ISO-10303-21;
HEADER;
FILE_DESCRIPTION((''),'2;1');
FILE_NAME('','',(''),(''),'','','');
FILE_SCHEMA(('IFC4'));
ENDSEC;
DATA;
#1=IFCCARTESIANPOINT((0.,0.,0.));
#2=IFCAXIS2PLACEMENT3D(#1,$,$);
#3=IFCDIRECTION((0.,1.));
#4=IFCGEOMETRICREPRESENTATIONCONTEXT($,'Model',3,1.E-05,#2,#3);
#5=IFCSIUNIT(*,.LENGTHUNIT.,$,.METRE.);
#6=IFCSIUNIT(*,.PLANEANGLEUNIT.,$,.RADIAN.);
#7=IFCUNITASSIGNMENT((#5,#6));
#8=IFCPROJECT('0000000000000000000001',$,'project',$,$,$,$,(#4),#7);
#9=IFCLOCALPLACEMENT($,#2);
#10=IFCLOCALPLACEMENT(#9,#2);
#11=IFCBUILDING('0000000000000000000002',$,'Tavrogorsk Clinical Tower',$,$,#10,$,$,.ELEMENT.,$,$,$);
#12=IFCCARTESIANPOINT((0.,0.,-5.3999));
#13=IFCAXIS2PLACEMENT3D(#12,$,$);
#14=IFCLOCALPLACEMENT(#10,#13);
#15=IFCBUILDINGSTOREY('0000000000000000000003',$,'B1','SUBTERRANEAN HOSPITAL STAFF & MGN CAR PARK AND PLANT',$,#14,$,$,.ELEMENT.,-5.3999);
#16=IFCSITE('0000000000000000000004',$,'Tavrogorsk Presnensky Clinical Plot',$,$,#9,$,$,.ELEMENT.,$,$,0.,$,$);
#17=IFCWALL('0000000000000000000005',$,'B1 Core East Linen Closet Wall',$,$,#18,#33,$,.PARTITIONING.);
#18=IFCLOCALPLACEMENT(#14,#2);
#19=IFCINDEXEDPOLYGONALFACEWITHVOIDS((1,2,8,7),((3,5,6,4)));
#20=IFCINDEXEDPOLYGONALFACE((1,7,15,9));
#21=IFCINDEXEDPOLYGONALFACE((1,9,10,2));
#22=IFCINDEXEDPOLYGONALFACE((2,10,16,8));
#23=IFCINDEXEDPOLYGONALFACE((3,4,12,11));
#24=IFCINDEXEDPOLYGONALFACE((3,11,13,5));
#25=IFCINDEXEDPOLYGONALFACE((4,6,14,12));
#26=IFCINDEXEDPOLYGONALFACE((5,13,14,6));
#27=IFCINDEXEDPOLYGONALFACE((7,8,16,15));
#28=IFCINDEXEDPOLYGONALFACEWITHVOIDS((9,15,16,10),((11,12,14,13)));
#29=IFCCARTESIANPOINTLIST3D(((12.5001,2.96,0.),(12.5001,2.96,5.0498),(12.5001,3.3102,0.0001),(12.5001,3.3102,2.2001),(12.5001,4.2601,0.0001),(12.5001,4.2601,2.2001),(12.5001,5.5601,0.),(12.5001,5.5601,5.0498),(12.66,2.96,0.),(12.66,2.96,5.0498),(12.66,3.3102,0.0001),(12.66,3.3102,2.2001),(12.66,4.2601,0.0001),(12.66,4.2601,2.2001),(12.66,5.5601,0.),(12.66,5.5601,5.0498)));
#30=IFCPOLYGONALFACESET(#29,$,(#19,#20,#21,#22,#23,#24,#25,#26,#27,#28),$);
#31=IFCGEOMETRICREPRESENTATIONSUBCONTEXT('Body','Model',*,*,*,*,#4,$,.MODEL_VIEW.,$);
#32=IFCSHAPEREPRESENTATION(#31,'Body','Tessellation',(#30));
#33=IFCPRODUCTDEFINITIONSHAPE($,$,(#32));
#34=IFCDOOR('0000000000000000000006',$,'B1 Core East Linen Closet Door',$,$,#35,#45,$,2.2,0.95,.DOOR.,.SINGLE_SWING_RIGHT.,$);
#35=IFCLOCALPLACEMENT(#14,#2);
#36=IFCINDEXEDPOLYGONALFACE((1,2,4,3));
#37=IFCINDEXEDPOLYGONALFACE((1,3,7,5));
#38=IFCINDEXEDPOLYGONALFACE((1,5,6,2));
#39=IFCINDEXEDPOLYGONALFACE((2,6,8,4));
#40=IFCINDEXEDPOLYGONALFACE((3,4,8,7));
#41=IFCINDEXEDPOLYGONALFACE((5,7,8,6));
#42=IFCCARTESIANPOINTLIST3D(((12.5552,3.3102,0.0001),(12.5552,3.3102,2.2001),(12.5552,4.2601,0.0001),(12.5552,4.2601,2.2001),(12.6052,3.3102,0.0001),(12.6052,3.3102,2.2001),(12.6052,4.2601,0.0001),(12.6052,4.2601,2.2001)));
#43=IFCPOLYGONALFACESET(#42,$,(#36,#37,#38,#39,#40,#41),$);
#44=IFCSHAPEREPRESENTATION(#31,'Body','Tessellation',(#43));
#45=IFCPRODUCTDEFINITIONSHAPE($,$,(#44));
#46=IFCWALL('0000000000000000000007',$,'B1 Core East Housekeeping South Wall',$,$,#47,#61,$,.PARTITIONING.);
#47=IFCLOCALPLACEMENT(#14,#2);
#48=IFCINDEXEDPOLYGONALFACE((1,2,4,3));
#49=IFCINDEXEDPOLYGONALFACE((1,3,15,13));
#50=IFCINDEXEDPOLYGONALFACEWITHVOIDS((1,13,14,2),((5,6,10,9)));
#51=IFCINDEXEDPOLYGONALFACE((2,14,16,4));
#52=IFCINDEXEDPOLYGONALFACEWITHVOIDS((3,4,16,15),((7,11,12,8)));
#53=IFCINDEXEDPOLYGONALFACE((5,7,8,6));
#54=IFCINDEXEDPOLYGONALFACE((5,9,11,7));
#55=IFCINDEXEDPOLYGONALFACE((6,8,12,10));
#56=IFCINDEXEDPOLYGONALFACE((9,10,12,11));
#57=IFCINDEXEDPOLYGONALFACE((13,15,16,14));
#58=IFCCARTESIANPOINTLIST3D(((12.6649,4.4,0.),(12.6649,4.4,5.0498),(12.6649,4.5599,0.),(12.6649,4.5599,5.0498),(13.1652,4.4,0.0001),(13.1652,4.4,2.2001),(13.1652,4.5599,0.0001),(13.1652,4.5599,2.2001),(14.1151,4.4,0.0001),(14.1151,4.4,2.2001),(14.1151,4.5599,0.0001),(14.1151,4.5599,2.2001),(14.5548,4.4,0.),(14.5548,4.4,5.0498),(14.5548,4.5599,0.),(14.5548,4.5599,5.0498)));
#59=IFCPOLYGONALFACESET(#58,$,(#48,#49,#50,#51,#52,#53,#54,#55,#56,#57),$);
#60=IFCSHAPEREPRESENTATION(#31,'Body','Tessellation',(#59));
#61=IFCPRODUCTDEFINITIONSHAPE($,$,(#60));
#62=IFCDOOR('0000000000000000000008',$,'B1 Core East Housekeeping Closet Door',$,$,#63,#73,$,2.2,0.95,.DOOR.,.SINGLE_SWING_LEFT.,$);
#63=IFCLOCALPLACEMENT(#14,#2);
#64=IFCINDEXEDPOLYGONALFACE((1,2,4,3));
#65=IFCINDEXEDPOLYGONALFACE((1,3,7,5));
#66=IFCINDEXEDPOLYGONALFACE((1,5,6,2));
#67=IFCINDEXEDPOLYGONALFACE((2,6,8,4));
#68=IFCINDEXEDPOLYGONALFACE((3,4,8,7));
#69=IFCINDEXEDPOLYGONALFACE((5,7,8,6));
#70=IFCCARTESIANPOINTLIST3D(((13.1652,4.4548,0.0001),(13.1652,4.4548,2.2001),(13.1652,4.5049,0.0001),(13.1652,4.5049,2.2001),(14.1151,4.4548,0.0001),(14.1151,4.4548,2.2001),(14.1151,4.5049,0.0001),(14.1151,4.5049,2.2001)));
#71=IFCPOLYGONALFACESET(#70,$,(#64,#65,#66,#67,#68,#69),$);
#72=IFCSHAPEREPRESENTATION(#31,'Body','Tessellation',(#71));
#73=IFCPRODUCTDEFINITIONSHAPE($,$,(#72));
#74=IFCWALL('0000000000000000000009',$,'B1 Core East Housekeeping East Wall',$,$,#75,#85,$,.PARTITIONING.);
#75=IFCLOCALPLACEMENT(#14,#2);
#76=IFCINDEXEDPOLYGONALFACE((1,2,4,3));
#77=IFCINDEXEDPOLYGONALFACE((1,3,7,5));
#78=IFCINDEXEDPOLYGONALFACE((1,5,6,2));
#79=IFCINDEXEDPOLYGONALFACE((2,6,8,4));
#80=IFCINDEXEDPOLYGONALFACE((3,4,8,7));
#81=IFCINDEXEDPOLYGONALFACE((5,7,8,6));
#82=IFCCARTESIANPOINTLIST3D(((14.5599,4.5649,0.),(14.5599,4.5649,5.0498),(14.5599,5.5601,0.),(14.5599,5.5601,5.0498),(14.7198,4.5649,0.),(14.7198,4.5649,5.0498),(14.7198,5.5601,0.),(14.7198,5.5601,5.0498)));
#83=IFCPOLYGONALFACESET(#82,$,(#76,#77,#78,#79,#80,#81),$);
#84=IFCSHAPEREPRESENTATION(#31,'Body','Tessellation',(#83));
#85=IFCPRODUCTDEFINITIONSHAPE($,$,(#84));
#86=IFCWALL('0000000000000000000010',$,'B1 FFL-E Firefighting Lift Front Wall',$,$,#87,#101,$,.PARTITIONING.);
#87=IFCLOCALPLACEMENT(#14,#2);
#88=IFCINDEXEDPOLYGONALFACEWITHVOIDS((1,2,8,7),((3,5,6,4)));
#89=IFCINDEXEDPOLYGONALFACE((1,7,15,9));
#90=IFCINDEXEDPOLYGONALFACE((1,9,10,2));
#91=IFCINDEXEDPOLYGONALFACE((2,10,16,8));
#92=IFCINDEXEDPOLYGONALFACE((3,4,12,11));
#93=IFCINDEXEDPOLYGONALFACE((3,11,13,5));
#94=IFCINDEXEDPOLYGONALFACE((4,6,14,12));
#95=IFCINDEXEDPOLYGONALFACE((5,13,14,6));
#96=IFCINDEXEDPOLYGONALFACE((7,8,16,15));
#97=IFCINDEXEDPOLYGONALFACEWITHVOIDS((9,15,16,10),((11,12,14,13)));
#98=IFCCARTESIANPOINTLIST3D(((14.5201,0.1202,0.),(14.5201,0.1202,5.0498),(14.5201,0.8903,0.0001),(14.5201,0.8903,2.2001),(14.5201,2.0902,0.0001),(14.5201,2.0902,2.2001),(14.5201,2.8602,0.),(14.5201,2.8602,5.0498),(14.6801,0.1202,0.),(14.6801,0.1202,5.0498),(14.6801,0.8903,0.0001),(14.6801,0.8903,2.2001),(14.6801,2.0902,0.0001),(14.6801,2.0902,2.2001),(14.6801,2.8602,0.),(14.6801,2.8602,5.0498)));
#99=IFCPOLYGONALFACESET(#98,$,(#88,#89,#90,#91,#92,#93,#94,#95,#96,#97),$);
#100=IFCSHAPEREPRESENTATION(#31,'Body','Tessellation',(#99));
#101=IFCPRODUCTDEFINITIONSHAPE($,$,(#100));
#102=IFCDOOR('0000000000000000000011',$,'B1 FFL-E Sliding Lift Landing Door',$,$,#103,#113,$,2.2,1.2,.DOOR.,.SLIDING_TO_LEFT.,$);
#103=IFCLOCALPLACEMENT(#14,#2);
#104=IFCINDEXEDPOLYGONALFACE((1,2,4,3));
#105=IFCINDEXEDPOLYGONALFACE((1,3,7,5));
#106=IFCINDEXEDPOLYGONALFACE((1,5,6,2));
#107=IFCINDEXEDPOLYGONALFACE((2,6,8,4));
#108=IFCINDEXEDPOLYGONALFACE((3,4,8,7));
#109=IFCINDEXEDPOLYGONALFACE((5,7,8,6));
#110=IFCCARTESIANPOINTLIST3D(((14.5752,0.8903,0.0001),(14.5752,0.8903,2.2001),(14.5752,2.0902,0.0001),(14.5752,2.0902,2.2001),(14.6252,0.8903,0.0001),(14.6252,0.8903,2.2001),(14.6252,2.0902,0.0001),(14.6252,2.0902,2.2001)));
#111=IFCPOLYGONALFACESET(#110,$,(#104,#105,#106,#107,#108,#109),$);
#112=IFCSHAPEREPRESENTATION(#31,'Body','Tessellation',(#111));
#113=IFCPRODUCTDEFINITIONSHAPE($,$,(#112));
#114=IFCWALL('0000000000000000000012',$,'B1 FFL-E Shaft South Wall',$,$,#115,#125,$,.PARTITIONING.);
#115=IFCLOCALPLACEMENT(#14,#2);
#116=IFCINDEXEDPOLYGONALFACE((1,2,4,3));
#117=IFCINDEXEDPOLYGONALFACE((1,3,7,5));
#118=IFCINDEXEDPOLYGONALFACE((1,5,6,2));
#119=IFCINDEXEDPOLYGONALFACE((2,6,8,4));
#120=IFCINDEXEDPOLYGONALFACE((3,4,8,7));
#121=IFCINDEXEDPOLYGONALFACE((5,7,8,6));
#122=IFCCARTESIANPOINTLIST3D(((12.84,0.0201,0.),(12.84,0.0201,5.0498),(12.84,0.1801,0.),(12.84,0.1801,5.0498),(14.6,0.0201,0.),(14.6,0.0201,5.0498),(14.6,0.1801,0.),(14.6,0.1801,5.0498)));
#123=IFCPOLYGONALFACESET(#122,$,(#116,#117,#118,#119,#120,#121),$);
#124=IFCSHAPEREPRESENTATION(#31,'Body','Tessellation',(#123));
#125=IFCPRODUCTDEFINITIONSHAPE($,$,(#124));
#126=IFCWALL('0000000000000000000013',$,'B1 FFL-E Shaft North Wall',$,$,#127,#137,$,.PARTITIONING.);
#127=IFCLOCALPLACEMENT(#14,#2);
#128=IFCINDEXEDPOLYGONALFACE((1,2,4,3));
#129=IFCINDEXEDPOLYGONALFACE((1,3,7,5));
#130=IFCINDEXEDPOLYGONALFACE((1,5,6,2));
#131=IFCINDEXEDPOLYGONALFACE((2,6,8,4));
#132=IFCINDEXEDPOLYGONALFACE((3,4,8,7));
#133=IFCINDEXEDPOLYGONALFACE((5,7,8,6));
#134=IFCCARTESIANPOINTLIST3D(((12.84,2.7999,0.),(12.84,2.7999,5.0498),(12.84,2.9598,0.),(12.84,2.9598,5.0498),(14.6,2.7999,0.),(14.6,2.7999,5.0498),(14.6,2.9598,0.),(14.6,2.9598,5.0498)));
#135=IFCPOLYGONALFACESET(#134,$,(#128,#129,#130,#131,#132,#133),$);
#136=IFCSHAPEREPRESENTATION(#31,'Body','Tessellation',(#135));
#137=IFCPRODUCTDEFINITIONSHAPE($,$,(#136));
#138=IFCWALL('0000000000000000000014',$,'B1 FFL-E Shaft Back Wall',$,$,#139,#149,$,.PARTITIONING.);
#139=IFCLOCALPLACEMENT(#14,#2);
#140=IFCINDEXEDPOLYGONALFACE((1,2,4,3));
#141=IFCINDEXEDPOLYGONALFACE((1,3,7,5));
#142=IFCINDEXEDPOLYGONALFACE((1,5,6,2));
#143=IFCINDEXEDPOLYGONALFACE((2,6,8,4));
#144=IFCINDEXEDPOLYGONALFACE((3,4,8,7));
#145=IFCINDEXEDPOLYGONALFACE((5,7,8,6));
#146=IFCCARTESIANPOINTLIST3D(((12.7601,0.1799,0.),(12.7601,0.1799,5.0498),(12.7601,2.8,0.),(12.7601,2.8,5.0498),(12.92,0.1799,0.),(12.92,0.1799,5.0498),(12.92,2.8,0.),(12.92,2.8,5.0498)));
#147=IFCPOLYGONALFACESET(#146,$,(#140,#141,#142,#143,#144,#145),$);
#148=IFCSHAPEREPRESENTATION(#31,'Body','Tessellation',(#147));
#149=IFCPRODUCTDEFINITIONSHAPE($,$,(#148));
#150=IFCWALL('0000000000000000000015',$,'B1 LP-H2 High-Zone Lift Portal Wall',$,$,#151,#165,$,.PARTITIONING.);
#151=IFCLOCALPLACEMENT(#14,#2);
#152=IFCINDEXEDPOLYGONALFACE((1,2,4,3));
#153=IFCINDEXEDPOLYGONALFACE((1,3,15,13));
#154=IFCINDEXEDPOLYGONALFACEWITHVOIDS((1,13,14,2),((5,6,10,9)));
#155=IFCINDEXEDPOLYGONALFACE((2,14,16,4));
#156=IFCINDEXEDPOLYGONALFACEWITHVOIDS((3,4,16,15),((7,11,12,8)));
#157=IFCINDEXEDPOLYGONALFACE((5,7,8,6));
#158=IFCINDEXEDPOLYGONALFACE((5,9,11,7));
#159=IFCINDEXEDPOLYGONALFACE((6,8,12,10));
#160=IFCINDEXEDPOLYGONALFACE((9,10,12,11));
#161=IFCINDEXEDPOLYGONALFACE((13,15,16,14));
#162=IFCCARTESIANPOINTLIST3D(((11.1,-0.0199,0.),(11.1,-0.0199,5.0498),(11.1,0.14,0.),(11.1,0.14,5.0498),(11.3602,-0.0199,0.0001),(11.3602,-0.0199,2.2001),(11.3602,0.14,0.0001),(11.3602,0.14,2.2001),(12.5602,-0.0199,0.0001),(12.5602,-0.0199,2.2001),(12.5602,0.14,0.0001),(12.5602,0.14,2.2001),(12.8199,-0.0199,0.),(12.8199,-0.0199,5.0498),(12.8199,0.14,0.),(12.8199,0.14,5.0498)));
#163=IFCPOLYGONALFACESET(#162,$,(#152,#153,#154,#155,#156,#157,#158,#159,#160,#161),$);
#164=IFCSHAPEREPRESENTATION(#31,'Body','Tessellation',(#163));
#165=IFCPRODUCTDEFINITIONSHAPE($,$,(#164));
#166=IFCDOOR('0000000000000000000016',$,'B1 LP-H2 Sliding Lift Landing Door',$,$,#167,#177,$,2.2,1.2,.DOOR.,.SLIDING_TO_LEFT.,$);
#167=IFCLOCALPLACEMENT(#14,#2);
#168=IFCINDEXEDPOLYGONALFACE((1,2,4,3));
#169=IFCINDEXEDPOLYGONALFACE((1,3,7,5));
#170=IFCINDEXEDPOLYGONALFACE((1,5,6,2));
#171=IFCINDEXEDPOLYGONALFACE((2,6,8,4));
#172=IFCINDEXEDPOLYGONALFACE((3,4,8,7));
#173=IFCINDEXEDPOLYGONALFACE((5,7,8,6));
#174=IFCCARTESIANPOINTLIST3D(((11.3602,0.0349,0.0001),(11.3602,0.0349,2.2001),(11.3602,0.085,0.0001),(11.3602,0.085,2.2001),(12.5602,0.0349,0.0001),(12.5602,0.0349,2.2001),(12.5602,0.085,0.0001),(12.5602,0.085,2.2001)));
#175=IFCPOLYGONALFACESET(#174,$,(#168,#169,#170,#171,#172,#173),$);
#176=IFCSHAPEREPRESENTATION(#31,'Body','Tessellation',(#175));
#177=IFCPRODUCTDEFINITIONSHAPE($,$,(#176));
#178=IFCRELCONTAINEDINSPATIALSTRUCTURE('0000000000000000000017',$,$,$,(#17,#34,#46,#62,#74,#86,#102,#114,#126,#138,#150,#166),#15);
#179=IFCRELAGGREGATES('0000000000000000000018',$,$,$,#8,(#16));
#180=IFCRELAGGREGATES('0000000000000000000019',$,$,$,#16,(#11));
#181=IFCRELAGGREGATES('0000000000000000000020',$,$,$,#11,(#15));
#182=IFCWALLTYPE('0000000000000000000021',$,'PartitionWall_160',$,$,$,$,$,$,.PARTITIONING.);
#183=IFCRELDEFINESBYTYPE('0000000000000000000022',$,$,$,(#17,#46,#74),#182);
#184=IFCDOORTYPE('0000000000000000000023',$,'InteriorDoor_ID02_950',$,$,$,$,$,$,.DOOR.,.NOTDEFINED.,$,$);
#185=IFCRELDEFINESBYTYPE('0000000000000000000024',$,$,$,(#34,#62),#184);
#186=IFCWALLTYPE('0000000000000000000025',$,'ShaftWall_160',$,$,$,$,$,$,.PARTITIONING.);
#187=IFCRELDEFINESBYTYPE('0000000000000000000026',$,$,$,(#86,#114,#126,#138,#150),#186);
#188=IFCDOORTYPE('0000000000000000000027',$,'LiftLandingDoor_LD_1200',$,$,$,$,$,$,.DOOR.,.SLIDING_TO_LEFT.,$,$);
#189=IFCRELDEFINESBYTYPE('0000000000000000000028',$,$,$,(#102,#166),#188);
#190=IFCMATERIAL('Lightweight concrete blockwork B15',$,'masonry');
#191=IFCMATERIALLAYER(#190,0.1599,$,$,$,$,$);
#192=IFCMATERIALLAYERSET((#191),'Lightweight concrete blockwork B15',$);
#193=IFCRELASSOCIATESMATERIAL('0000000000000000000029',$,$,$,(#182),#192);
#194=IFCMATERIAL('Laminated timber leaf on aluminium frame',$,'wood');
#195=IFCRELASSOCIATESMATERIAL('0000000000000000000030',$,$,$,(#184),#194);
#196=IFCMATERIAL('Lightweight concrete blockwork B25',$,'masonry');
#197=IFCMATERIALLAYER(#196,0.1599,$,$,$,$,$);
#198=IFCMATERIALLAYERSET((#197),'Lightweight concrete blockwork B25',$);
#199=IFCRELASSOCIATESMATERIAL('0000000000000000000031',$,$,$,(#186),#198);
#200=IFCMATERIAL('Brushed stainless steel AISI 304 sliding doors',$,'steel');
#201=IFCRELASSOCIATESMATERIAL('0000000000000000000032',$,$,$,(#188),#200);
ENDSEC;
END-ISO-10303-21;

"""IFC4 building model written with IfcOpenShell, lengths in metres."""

from ifc_helpers import new_model, si_unit, direction, frame, frame_2d, origin, place, context, subcontext, project, spatial, rectangle, extrude, material, layer, layer_set, type_object, element, fill, save


model = new_model("IFC4")

# Units and contexts
model_context = context("Model", 3, precision=1e-05, world=origin(), true_north=direction((0.0, 1.0)))
body_context = subcontext(model_context, "Body", "Model", "MODEL_VIEW")
ifc_project = project(units=[si_unit("LENGTHUNIT", "METRE"), si_unit("PLANEANGLEUNIT", "RADIAN")], contexts=[model_context])

# Site, building, storey
site_placement = place(None, origin())
site = spatial("IfcSite", under=ifc_project, at=site_placement, Name="Tavrogorsk Presnensky Clinical Plot", CompositionType="ELEMENT", RefElevation=0.0)
building_placement = place(site_placement, origin())
building = spatial("IfcBuilding", under=site, at=building_placement, Name="Tavrogorsk Clinical Tower", CompositionType="ELEMENT")
storey_placement = place(building_placement, frame((0.0, 0.0, -5.3999)))
storey = spatial("IfcBuildingStorey", under=building, at=storey_placement, Name="B1", Description="SUBTERRANEAN HOSPITAL STAFF & MGN CAR PARK AND PLANT", CompositionType="ELEMENT", Elevation=-5.3999)

# Walls, openings, doors
ifc_material_1 = material(Name="Lightweight concrete blockwork B15", Category="masonry")
ifc_layer_1 = layer(ifc_material_1, 0.1599)
ifc_layer_set_1 = layer_set([ifc_layer_1], Name="Lightweight concrete blockwork B15")
wall_type_1 = type_object("IfcWallType", Name="PartitionWall_160", PredefinedType="PARTITIONING", material=ifc_layer_set_1)
wall_1_placement = place(storey_placement, frame((12.5801, 2.96, 0.0), z_axis=(0.0, 0.0, 1.0), x_axis=(0.0, 1.0, 0.0)))
wall_1 = element("IfcWall", 1, at=wall_1_placement, inside=storey, type_object=wall_type_1, Name="B1 Core East Linen Closet Wall", PredefinedType="PARTITIONING", context=body_context, shape_type="SweptSolid", body=[
    extrude(rectangle(XDim=2.6001, YDim=0.1599, at=frame_2d((1.3, 0.0))), origin(), (0.0, 0.0, 1.0), 5.0498),
])
opening_1_placement = place(wall_1_placement, frame((0.3501, 0.0, 0.0)))
opening_1 = element("IfcOpeningElement", 2, at=opening_1_placement, cuts=wall_1, PredefinedType="OPENING", context=body_context, shape_type="SweptSolid", body=[
    extrude(rectangle(XDim=0.95, YDim=2.2, at=frame_2d((0.4751, 1.1001))), frame((0.0, 0.0898, 0.0), z_axis=(0.0, -1.0, 0.0), x_axis=(1.0, 0.0, 0.0)), (0.0, 0.0, 1.0), 0.1799),
])
ifc_material_2 = material(Name="Laminated timber leaf on aluminium frame", Category="wood")
door_type_1 = type_object("IfcDoorType", Name="InteriorDoor_ID02_950", OperationType="NOTDEFINED", PredefinedType="DOOR", material=ifc_material_2)
door_1_placement = place(opening_1_placement, origin())
door_1 = element("IfcDoor", 3, at=door_1_placement, inside=storey, type_object=door_type_1, Name="B1 Core East Linen Closet Door", OperationType="SINGLE_SWING_RIGHT", OverallHeight=2.2, OverallWidth=0.95, PredefinedType="DOOR", context=body_context, shape_type="SweptSolid", body=[
    extrude(rectangle(XDim=0.95, YDim=2.2, at=frame_2d((0.4751, 1.1001))), frame((0.0, 0.0249, 0.0), z_axis=(0.0, -1.0, 0.0), x_axis=(1.0, 0.0, 0.0)), (0.0, 0.0, 1.0), 0.05),
])
fill(opening_1, door_1)
wall_2_placement = place(storey_placement, frame((12.665, 4.48, 0.0), z_axis=(0.0, 0.0, 1.0), x_axis=(1.0, 0.0, 0.0)))
wall_2 = element("IfcWall", 4, at=wall_2_placement, inside=storey, type_object=wall_type_1, Name="B1 Core East Housekeeping South Wall", PredefinedType="PARTITIONING", context=body_context, shape_type="SweptSolid", body=[
    extrude(rectangle(XDim=1.8899, YDim=0.1599, at=frame_2d((0.9448, 0.0))), origin(), (0.0, 0.0, 1.0), 5.0498),
])
opening_2_placement = place(wall_2_placement, frame((0.5, 0.0, 0.0)))
opening_2 = element("IfcOpeningElement", 5, at=opening_2_placement, cuts=wall_2, PredefinedType="OPENING", context=body_context, shape_type="SweptSolid", body=[
    extrude(rectangle(XDim=0.95, YDim=2.2, at=frame_2d((0.4751, 1.1001))), frame((0.0, 0.0898, 0.0), z_axis=(0.0, -1.0, 0.0), x_axis=(1.0, 0.0, 0.0)), (0.0, 0.0, 1.0), 0.1799),
])
door_2_placement = place(opening_2_placement, origin())
door_2 = element("IfcDoor", 6, at=door_2_placement, inside=storey, type_object=door_type_1, Name="B1 Core East Housekeeping Closet Door", OperationType="SINGLE_SWING_LEFT", OverallHeight=2.2, OverallWidth=0.95, PredefinedType="DOOR", context=body_context, shape_type="SweptSolid", body=[
    extrude(rectangle(XDim=0.95, YDim=2.2, at=frame_2d((0.4751, 1.1001))), frame((0.0, 0.0249, 0.0), z_axis=(0.0, -1.0, 0.0), x_axis=(1.0, 0.0, 0.0)), (0.0, 0.0, 1.0), 0.05),
])
fill(opening_2, door_2)

# Wall
wall_3_placement = place(storey_placement, frame((14.6399, 4.5649, 0.0), z_axis=(0.0, 0.0, 1.0), x_axis=(0.0, 1.0, 0.0)))
element("IfcWall", 7, at=wall_3_placement, inside=storey, type_object=wall_type_1, Name="B1 Core East Housekeeping East Wall", PredefinedType="PARTITIONING", context=body_context, shape_type="SweptSolid", body=[
    extrude(rectangle(XDim=0.9951, YDim=0.1599, at=frame_2d((0.4976, 0.0))), origin(), (0.0, 0.0, 1.0), 5.0498),
])

# Wall, opening, door
ifc_material_3 = material(Name="Lightweight concrete blockwork B25", Category="masonry")
ifc_layer_2 = layer(ifc_material_3, 0.1599)
ifc_layer_set_2 = layer_set([ifc_layer_2], Name="Lightweight concrete blockwork B25")
wall_type_2 = type_object("IfcWallType", Name="ShaftWall_160", PredefinedType="PARTITIONING", material=ifc_layer_set_2)
wall_4_placement = place(storey_placement, frame((14.6001, 0.1201, 0.0), z_axis=(0.0, 0.0, 1.0), x_axis=(0.0, 1.0, 0.0)))
wall_4 = element("IfcWall", 8, at=wall_4_placement, inside=storey, type_object=wall_type_2, Name="B1 FFL-E Firefighting Lift Front Wall", PredefinedType="PARTITIONING", context=body_context, shape_type="SweptSolid", body=[
    extrude(rectangle(XDim=2.74, YDim=0.1599, at=frame_2d((1.3701, 0.0))), origin(), (0.0, 0.0, 1.0), 5.0498),
])
opening_3_placement = place(wall_4_placement, frame((0.77, 0.0, 0.0)))
opening_3 = element("IfcOpeningElement", 9, at=opening_3_placement, cuts=wall_4, PredefinedType="OPENING", context=body_context, shape_type="SweptSolid", body=[
    extrude(rectangle(XDim=1.2, YDim=2.2, at=frame_2d((0.6001, 1.1001))), frame((0.0, 0.0898, 0.0), z_axis=(0.0, -1.0, 0.0), x_axis=(1.0, 0.0, 0.0)), (0.0, 0.0, 1.0), 0.1799),
])
ifc_material_4 = material(Name="Brushed stainless steel AISI 304 sliding doors", Category="steel")
door_type_2 = type_object("IfcDoorType", Name="LiftLandingDoor_LD_1200", OperationType="SLIDING_TO_LEFT", PredefinedType="DOOR", material=ifc_material_4)
door_3_placement = place(opening_3_placement, origin())
door_3 = element("IfcDoor", 10, at=door_3_placement, inside=storey, type_object=door_type_2, Name="B1 FFL-E Sliding Lift Landing Door", OperationType="SLIDING_TO_LEFT", OverallHeight=2.2, OverallWidth=1.2, PredefinedType="DOOR", context=body_context, shape_type="SweptSolid", body=[
    extrude(rectangle(XDim=1.2, YDim=2.2, at=frame_2d((0.6001, 1.1001))), frame((0.0, 0.0249, 0.0), z_axis=(0.0, -1.0, 0.0), x_axis=(1.0, 0.0, 0.0)), (0.0, 0.0, 1.0), 0.05),
])
fill(opening_3, door_3)

# Walls
for number, where, z_axis, x_axis, name in (
    (11, (12.8401, 0.1001, 0.0), (0.0, 0.0, 1.0), (1.0, 0.0, 0.0), "B1 FFL-E Shaft South Wall"),
    (12, (12.8401, 2.8799, 0.0), (0.0, 0.0, 1.0), (1.0, 0.0, 0.0), "B1 FFL-E Shaft North Wall"),
):
    element("IfcWall", number, at=place(storey_placement, frame(where, z_axis=z_axis, x_axis=x_axis)), inside=storey, type_object=wall_type_2, Name=name, PredefinedType="PARTITIONING", context=body_context, shape_type="SweptSolid", body=[
        extrude(rectangle(XDim=1.76, YDim=0.1599, at=frame_2d((0.8799, 0.0))), origin(), (0.0, 0.0, 1.0), 5.0498),
    ])
wall_5_placement = place(storey_placement, frame((12.8401, 0.1799, 0.0), z_axis=(0.0, 0.0, 1.0), x_axis=(0.0, 1.0, 0.0)))
element("IfcWall", 13, at=wall_5_placement, inside=storey, type_object=wall_type_2, Name="B1 FFL-E Shaft Back Wall", PredefinedType="PARTITIONING", context=body_context, shape_type="SweptSolid", body=[
    extrude(rectangle(XDim=2.6201, YDim=0.1599, at=frame_2d((1.3101, 0.0))), origin(), (0.0, 0.0, 1.0), 5.0498),
])

# Wall, opening, door
wall_6_placement = place(storey_placement, frame((11.1001, 0.0601, 0.0), z_axis=(0.0, 0.0, 1.0), x_axis=(1.0, 0.0, 0.0)))
wall_6 = element("IfcWall", 14, at=wall_6_placement, inside=storey, type_object=wall_type_2, Name="B1 LP-H2 High-Zone Lift Portal Wall", PredefinedType="PARTITIONING", context=body_context, shape_type="SweptSolid", body=[
    extrude(rectangle(XDim=1.72, YDim=0.1599, at=frame_2d((0.8599, 0.0))), origin(), (0.0, 0.0, 1.0), 5.0498),
])
opening_4_placement = place(wall_6_placement, frame((0.26, 0.0, 0.0)))
opening_4 = element("IfcOpeningElement", 15, at=opening_4_placement, cuts=wall_6, PredefinedType="OPENING", context=body_context, shape_type="SweptSolid", body=[
    extrude(rectangle(XDim=1.2, YDim=2.2, at=frame_2d((0.6001, 1.1001))), frame((0.0, 0.0898, 0.0), z_axis=(0.0, -1.0, 0.0), x_axis=(1.0, 0.0, 0.0)), (0.0, 0.0, 1.0), 0.1799),
])
door_4_placement = place(opening_4_placement, origin())
door_4 = element("IfcDoor", 16, at=door_4_placement, inside=storey, type_object=door_type_2, Name="B1 LP-H2 Sliding Lift Landing Door", OperationType="SLIDING_TO_LEFT", OverallHeight=2.2, OverallWidth=1.2, PredefinedType="DOOR", context=body_context, shape_type="SweptSolid", body=[
    extrude(rectangle(XDim=1.2, YDim=2.2, at=frame_2d((0.6001, 1.1001))), frame((0.0, 0.0249, 0.0), z_axis=(0.0, -1.0, 0.0), x_axis=(1.0, 0.0, 0.0)), (0.0, 0.0, 1.0), 0.05),
])
fill(opening_4, door_4)

save(model, "model.ifc")
